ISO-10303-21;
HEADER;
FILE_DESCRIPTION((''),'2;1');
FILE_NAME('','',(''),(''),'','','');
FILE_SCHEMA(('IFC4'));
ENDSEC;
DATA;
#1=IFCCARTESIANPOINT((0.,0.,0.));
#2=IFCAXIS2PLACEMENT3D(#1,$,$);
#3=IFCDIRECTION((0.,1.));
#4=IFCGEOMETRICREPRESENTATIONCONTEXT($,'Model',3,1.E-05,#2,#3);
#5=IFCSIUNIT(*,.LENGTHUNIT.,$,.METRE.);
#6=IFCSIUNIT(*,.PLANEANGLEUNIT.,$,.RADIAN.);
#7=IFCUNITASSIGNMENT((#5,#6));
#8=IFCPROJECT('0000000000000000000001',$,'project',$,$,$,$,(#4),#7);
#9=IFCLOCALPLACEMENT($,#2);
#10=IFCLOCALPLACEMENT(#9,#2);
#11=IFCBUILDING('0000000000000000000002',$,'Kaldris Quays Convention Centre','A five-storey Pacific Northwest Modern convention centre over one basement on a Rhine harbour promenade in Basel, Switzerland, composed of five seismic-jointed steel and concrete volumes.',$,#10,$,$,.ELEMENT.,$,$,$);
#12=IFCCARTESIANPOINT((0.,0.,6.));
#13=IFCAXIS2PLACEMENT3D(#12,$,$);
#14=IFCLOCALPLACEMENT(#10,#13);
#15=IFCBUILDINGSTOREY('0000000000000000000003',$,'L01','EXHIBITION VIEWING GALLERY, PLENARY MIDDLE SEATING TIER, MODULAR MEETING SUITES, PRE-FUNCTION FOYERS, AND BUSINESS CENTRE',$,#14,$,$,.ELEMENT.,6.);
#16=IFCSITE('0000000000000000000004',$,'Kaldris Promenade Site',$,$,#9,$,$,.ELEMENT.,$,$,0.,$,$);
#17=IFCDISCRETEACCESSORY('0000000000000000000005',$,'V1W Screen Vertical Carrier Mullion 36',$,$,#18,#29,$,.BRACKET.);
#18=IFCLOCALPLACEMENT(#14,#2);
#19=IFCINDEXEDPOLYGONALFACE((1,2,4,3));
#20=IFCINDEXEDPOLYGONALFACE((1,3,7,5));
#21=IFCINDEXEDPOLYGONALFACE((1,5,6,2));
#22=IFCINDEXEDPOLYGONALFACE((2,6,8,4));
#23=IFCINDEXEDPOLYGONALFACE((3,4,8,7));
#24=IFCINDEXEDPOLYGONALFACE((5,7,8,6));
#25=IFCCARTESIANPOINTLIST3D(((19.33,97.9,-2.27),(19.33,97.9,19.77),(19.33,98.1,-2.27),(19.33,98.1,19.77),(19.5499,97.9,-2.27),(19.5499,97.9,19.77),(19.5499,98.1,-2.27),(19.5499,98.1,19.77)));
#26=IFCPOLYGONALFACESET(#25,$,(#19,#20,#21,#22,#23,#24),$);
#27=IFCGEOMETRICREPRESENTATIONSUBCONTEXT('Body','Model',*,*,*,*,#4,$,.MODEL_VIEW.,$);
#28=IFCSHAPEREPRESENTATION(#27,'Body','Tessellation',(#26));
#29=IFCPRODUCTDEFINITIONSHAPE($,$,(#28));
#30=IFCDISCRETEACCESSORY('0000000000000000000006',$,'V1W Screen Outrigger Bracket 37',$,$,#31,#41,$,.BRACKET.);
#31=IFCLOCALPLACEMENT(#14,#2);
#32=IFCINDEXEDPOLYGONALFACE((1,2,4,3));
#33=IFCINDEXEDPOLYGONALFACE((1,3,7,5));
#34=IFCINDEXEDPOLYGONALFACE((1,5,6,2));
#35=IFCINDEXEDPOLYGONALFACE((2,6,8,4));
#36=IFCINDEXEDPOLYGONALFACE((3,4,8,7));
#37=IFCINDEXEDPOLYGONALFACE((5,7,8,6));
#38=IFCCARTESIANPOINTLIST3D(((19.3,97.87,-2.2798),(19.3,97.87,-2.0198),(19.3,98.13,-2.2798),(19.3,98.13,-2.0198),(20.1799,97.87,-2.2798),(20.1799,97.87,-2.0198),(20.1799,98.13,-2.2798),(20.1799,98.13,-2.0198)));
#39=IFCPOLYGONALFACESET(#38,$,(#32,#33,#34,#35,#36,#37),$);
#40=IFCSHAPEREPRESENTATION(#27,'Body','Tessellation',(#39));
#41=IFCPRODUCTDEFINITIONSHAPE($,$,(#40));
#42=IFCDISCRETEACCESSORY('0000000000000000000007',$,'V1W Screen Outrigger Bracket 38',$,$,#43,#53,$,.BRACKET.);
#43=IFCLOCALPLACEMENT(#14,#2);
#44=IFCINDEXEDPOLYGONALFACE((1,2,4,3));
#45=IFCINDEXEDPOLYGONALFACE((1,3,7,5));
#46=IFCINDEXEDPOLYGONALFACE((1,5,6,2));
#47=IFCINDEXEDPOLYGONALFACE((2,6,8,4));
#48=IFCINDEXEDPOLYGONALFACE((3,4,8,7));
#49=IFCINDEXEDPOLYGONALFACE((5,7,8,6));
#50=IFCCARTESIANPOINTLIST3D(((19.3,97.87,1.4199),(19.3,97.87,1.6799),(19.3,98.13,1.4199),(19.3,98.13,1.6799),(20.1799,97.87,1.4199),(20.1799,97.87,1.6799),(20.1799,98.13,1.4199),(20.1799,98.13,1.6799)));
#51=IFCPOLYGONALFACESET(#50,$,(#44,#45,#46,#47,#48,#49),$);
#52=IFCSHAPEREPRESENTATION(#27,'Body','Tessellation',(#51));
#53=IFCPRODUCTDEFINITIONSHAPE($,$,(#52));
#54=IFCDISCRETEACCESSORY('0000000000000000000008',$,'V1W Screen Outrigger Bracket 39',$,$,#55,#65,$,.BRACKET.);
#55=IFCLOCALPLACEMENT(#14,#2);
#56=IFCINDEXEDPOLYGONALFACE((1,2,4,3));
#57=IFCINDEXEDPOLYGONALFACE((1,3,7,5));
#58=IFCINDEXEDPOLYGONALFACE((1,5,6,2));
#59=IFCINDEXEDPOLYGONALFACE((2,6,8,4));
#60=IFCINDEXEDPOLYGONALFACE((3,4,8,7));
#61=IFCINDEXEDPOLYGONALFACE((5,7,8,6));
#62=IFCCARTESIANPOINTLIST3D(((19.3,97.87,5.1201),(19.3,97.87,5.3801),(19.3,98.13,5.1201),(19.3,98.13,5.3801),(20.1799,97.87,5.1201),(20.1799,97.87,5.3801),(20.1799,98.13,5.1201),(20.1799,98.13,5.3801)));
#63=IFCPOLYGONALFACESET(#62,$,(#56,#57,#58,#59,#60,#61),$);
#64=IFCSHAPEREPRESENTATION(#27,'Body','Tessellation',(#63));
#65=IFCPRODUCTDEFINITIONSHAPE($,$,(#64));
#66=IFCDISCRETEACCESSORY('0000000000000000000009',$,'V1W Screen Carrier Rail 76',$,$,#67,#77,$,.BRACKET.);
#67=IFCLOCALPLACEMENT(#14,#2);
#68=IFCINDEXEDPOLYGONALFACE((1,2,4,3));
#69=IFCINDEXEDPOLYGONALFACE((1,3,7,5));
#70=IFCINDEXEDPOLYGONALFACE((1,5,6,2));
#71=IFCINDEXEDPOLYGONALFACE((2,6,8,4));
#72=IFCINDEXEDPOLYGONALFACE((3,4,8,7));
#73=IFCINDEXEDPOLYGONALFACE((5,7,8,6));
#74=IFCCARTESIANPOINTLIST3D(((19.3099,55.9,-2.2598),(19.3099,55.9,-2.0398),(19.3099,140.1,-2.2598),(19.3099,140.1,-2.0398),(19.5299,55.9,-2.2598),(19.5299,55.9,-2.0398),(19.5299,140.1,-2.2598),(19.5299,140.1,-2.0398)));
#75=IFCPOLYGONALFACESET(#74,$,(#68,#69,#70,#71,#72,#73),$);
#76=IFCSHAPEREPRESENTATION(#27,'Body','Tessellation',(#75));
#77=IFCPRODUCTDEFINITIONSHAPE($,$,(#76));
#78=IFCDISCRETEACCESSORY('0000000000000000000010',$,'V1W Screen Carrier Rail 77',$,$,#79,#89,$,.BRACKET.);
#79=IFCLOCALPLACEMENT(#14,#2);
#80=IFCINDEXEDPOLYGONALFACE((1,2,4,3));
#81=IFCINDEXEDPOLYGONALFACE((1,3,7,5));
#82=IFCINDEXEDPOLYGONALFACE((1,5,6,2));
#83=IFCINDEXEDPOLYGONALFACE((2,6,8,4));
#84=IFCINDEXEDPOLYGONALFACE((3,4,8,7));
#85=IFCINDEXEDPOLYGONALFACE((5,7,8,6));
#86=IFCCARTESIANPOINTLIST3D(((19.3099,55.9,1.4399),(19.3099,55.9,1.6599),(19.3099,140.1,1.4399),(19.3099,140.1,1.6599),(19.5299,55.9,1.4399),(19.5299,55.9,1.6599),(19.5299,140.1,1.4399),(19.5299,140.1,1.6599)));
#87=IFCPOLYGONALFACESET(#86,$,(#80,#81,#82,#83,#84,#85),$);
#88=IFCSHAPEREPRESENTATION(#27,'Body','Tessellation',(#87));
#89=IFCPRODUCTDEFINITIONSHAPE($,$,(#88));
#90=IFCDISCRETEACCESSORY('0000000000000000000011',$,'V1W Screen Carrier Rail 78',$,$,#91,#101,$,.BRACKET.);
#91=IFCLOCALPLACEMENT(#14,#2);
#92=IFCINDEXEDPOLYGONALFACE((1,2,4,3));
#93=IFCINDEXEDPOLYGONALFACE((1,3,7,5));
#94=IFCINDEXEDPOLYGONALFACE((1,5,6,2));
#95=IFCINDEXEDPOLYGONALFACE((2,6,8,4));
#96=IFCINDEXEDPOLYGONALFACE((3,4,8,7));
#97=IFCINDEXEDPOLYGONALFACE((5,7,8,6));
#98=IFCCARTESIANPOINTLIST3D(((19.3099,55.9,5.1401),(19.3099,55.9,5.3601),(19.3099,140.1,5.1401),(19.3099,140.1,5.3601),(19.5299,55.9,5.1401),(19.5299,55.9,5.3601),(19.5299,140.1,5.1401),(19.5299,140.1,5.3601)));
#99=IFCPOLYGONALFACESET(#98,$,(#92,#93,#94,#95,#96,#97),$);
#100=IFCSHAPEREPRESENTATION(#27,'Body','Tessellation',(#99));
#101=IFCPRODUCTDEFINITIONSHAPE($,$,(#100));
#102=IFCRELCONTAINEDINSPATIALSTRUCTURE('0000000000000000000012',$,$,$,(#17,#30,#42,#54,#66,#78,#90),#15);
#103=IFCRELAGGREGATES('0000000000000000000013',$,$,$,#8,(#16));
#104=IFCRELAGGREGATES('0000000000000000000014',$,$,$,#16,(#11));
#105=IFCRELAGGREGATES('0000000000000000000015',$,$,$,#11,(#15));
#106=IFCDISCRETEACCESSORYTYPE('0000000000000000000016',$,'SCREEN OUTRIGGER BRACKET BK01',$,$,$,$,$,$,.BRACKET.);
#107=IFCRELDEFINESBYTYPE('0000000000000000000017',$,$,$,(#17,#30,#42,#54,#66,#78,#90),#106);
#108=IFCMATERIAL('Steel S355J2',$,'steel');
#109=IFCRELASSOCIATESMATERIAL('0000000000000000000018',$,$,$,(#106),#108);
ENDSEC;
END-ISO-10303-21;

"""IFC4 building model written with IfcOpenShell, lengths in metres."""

from ifc_helpers import new_model, si_unit, direction, frame, origin, origin_2d, place, context, subcontext, project, spatial, rectangle, extrude, material, type_object, element, save


model = new_model("IFC4")

# Units and contexts
model_context = context("Model", 3, precision=1e-05, world=origin(), true_north=direction((0.0, 1.0)))
body_context = subcontext(model_context, "Body", "Model", "MODEL_VIEW")
ifc_project = project(units=[si_unit("LENGTHUNIT", "METRE"), si_unit("PLANEANGLEUNIT", "RADIAN")], contexts=[model_context])

# Site, building, storey
site_placement = place(None, origin())
site = spatial("IfcSite", under=ifc_project, at=site_placement, Name="Kaldris Promenade Site", CompositionType="ELEMENT", RefElevation=0.0)
building_placement = place(site_placement, origin())
building = spatial("IfcBuilding", under=site, at=building_placement, Name="Kaldris Quays Convention Centre", Description="A five-storey Pacific Northwest Modern convention centre over one basement on a Rhine harbour promenade in Basel, Switzerland, composed of five seismic-jointed steel and concrete volumes.", CompositionType="ELEMENT")
storey_placement = place(building_placement, frame((0.0, 0.0, 6.0)))
storey = spatial("IfcBuildingStorey", under=building, at=storey_placement, Name="L01", Description="EXHIBITION VIEWING GALLERY, PLENARY MIDDLE SEATING TIER, MODULAR MEETING SUITES, PRE-FUNCTION FOYERS, AND BUSINESS CENTRE", CompositionType="ELEMENT", Elevation=6.0)

# Discrete accessories
ifc_material_1 = material(Name="Steel S355J2", Category="steel")
discrete_accessory_type = type_object("IfcDiscreteAccessoryType", Name="SCREEN OUTRIGGER BRACKET BK01", PredefinedType="BRACKET", material=ifc_material_1)
discrete_accessory_placement = place(storey_placement, frame((19.4399, 98.0, -2.27), z_axis=(0.0, 0.0, 1.0), x_axis=(0.0, 1.0, 0.0)))
element("IfcDiscreteAccessory", 1, at=discrete_accessory_placement, inside=storey, type_object=discrete_accessory_type, Name="V1W Screen Vertical Carrier Mullion 36", PredefinedType="BRACKET", context=body_context, shape_type="SweptSolid", body=[
    extrude(rectangle(XDim=0.2, YDim=0.22, at=origin_2d()), origin(), (0.0, 0.0, 1.0), 22.04),
])
for number, where, z_axis, x_axis, name in (
    (2, (19.74, 98.0, -2.2798), (0.0, 0.0, 1.0), (0.0, 1.0, 0.0), "V1W Screen Outrigger Bracket 37"),
    (3, (19.74, 98.0, 1.4199), (0.0, 0.0, 1.0), (0.0, 1.0, 0.0), "V1W Screen Outrigger Bracket 38"),
    (4, (19.74, 98.0, 5.1201), (0.0, 0.0, 1.0), (0.0, 1.0, 0.0), "V1W Screen Outrigger Bracket 39"),
):
    element("IfcDiscreteAccessory", number, at=place(storey_placement, frame(where, z_axis=z_axis, x_axis=x_axis)), inside=storey, type_object=discrete_accessory_type, Name=name, PredefinedType="BRACKET", context=body_context, shape_type="SweptSolid", body=[
        extrude(rectangle(XDim=0.26, YDim=0.8799, at=origin_2d()), origin(), (0.0, 0.0, 1.0), 0.26),
    ])
for number, where, z_axis, x_axis, name in (
    (5, (19.4199, 98.0, -2.2598), (0.0, 0.0, 1.0), (0.0, 1.0, 0.0), "V1W Screen Carrier Rail 76"),
    (6, (19.4199, 98.0, 1.4399), (0.0, 0.0, 1.0), (0.0, 1.0, 0.0), "V1W Screen Carrier Rail 77"),
    (7, (19.4199, 98.0, 5.1401), (0.0, 0.0, 1.0), (0.0, 1.0, 0.0), "V1W Screen Carrier Rail 78"),
):
    element("IfcDiscreteAccessory", number, at=place(storey_placement, frame(where, z_axis=z_axis, x_axis=x_axis)), inside=storey, type_object=discrete_accessory_type, Name=name, PredefinedType="BRACKET", context=body_context, shape_type="SweptSolid", body=[
        extrude(rectangle(XDim=84.2, YDim=0.22, at=origin_2d()), origin(), (0.0, 0.0, 1.0), 0.22),
    ])

save(model, "model.ifc")
